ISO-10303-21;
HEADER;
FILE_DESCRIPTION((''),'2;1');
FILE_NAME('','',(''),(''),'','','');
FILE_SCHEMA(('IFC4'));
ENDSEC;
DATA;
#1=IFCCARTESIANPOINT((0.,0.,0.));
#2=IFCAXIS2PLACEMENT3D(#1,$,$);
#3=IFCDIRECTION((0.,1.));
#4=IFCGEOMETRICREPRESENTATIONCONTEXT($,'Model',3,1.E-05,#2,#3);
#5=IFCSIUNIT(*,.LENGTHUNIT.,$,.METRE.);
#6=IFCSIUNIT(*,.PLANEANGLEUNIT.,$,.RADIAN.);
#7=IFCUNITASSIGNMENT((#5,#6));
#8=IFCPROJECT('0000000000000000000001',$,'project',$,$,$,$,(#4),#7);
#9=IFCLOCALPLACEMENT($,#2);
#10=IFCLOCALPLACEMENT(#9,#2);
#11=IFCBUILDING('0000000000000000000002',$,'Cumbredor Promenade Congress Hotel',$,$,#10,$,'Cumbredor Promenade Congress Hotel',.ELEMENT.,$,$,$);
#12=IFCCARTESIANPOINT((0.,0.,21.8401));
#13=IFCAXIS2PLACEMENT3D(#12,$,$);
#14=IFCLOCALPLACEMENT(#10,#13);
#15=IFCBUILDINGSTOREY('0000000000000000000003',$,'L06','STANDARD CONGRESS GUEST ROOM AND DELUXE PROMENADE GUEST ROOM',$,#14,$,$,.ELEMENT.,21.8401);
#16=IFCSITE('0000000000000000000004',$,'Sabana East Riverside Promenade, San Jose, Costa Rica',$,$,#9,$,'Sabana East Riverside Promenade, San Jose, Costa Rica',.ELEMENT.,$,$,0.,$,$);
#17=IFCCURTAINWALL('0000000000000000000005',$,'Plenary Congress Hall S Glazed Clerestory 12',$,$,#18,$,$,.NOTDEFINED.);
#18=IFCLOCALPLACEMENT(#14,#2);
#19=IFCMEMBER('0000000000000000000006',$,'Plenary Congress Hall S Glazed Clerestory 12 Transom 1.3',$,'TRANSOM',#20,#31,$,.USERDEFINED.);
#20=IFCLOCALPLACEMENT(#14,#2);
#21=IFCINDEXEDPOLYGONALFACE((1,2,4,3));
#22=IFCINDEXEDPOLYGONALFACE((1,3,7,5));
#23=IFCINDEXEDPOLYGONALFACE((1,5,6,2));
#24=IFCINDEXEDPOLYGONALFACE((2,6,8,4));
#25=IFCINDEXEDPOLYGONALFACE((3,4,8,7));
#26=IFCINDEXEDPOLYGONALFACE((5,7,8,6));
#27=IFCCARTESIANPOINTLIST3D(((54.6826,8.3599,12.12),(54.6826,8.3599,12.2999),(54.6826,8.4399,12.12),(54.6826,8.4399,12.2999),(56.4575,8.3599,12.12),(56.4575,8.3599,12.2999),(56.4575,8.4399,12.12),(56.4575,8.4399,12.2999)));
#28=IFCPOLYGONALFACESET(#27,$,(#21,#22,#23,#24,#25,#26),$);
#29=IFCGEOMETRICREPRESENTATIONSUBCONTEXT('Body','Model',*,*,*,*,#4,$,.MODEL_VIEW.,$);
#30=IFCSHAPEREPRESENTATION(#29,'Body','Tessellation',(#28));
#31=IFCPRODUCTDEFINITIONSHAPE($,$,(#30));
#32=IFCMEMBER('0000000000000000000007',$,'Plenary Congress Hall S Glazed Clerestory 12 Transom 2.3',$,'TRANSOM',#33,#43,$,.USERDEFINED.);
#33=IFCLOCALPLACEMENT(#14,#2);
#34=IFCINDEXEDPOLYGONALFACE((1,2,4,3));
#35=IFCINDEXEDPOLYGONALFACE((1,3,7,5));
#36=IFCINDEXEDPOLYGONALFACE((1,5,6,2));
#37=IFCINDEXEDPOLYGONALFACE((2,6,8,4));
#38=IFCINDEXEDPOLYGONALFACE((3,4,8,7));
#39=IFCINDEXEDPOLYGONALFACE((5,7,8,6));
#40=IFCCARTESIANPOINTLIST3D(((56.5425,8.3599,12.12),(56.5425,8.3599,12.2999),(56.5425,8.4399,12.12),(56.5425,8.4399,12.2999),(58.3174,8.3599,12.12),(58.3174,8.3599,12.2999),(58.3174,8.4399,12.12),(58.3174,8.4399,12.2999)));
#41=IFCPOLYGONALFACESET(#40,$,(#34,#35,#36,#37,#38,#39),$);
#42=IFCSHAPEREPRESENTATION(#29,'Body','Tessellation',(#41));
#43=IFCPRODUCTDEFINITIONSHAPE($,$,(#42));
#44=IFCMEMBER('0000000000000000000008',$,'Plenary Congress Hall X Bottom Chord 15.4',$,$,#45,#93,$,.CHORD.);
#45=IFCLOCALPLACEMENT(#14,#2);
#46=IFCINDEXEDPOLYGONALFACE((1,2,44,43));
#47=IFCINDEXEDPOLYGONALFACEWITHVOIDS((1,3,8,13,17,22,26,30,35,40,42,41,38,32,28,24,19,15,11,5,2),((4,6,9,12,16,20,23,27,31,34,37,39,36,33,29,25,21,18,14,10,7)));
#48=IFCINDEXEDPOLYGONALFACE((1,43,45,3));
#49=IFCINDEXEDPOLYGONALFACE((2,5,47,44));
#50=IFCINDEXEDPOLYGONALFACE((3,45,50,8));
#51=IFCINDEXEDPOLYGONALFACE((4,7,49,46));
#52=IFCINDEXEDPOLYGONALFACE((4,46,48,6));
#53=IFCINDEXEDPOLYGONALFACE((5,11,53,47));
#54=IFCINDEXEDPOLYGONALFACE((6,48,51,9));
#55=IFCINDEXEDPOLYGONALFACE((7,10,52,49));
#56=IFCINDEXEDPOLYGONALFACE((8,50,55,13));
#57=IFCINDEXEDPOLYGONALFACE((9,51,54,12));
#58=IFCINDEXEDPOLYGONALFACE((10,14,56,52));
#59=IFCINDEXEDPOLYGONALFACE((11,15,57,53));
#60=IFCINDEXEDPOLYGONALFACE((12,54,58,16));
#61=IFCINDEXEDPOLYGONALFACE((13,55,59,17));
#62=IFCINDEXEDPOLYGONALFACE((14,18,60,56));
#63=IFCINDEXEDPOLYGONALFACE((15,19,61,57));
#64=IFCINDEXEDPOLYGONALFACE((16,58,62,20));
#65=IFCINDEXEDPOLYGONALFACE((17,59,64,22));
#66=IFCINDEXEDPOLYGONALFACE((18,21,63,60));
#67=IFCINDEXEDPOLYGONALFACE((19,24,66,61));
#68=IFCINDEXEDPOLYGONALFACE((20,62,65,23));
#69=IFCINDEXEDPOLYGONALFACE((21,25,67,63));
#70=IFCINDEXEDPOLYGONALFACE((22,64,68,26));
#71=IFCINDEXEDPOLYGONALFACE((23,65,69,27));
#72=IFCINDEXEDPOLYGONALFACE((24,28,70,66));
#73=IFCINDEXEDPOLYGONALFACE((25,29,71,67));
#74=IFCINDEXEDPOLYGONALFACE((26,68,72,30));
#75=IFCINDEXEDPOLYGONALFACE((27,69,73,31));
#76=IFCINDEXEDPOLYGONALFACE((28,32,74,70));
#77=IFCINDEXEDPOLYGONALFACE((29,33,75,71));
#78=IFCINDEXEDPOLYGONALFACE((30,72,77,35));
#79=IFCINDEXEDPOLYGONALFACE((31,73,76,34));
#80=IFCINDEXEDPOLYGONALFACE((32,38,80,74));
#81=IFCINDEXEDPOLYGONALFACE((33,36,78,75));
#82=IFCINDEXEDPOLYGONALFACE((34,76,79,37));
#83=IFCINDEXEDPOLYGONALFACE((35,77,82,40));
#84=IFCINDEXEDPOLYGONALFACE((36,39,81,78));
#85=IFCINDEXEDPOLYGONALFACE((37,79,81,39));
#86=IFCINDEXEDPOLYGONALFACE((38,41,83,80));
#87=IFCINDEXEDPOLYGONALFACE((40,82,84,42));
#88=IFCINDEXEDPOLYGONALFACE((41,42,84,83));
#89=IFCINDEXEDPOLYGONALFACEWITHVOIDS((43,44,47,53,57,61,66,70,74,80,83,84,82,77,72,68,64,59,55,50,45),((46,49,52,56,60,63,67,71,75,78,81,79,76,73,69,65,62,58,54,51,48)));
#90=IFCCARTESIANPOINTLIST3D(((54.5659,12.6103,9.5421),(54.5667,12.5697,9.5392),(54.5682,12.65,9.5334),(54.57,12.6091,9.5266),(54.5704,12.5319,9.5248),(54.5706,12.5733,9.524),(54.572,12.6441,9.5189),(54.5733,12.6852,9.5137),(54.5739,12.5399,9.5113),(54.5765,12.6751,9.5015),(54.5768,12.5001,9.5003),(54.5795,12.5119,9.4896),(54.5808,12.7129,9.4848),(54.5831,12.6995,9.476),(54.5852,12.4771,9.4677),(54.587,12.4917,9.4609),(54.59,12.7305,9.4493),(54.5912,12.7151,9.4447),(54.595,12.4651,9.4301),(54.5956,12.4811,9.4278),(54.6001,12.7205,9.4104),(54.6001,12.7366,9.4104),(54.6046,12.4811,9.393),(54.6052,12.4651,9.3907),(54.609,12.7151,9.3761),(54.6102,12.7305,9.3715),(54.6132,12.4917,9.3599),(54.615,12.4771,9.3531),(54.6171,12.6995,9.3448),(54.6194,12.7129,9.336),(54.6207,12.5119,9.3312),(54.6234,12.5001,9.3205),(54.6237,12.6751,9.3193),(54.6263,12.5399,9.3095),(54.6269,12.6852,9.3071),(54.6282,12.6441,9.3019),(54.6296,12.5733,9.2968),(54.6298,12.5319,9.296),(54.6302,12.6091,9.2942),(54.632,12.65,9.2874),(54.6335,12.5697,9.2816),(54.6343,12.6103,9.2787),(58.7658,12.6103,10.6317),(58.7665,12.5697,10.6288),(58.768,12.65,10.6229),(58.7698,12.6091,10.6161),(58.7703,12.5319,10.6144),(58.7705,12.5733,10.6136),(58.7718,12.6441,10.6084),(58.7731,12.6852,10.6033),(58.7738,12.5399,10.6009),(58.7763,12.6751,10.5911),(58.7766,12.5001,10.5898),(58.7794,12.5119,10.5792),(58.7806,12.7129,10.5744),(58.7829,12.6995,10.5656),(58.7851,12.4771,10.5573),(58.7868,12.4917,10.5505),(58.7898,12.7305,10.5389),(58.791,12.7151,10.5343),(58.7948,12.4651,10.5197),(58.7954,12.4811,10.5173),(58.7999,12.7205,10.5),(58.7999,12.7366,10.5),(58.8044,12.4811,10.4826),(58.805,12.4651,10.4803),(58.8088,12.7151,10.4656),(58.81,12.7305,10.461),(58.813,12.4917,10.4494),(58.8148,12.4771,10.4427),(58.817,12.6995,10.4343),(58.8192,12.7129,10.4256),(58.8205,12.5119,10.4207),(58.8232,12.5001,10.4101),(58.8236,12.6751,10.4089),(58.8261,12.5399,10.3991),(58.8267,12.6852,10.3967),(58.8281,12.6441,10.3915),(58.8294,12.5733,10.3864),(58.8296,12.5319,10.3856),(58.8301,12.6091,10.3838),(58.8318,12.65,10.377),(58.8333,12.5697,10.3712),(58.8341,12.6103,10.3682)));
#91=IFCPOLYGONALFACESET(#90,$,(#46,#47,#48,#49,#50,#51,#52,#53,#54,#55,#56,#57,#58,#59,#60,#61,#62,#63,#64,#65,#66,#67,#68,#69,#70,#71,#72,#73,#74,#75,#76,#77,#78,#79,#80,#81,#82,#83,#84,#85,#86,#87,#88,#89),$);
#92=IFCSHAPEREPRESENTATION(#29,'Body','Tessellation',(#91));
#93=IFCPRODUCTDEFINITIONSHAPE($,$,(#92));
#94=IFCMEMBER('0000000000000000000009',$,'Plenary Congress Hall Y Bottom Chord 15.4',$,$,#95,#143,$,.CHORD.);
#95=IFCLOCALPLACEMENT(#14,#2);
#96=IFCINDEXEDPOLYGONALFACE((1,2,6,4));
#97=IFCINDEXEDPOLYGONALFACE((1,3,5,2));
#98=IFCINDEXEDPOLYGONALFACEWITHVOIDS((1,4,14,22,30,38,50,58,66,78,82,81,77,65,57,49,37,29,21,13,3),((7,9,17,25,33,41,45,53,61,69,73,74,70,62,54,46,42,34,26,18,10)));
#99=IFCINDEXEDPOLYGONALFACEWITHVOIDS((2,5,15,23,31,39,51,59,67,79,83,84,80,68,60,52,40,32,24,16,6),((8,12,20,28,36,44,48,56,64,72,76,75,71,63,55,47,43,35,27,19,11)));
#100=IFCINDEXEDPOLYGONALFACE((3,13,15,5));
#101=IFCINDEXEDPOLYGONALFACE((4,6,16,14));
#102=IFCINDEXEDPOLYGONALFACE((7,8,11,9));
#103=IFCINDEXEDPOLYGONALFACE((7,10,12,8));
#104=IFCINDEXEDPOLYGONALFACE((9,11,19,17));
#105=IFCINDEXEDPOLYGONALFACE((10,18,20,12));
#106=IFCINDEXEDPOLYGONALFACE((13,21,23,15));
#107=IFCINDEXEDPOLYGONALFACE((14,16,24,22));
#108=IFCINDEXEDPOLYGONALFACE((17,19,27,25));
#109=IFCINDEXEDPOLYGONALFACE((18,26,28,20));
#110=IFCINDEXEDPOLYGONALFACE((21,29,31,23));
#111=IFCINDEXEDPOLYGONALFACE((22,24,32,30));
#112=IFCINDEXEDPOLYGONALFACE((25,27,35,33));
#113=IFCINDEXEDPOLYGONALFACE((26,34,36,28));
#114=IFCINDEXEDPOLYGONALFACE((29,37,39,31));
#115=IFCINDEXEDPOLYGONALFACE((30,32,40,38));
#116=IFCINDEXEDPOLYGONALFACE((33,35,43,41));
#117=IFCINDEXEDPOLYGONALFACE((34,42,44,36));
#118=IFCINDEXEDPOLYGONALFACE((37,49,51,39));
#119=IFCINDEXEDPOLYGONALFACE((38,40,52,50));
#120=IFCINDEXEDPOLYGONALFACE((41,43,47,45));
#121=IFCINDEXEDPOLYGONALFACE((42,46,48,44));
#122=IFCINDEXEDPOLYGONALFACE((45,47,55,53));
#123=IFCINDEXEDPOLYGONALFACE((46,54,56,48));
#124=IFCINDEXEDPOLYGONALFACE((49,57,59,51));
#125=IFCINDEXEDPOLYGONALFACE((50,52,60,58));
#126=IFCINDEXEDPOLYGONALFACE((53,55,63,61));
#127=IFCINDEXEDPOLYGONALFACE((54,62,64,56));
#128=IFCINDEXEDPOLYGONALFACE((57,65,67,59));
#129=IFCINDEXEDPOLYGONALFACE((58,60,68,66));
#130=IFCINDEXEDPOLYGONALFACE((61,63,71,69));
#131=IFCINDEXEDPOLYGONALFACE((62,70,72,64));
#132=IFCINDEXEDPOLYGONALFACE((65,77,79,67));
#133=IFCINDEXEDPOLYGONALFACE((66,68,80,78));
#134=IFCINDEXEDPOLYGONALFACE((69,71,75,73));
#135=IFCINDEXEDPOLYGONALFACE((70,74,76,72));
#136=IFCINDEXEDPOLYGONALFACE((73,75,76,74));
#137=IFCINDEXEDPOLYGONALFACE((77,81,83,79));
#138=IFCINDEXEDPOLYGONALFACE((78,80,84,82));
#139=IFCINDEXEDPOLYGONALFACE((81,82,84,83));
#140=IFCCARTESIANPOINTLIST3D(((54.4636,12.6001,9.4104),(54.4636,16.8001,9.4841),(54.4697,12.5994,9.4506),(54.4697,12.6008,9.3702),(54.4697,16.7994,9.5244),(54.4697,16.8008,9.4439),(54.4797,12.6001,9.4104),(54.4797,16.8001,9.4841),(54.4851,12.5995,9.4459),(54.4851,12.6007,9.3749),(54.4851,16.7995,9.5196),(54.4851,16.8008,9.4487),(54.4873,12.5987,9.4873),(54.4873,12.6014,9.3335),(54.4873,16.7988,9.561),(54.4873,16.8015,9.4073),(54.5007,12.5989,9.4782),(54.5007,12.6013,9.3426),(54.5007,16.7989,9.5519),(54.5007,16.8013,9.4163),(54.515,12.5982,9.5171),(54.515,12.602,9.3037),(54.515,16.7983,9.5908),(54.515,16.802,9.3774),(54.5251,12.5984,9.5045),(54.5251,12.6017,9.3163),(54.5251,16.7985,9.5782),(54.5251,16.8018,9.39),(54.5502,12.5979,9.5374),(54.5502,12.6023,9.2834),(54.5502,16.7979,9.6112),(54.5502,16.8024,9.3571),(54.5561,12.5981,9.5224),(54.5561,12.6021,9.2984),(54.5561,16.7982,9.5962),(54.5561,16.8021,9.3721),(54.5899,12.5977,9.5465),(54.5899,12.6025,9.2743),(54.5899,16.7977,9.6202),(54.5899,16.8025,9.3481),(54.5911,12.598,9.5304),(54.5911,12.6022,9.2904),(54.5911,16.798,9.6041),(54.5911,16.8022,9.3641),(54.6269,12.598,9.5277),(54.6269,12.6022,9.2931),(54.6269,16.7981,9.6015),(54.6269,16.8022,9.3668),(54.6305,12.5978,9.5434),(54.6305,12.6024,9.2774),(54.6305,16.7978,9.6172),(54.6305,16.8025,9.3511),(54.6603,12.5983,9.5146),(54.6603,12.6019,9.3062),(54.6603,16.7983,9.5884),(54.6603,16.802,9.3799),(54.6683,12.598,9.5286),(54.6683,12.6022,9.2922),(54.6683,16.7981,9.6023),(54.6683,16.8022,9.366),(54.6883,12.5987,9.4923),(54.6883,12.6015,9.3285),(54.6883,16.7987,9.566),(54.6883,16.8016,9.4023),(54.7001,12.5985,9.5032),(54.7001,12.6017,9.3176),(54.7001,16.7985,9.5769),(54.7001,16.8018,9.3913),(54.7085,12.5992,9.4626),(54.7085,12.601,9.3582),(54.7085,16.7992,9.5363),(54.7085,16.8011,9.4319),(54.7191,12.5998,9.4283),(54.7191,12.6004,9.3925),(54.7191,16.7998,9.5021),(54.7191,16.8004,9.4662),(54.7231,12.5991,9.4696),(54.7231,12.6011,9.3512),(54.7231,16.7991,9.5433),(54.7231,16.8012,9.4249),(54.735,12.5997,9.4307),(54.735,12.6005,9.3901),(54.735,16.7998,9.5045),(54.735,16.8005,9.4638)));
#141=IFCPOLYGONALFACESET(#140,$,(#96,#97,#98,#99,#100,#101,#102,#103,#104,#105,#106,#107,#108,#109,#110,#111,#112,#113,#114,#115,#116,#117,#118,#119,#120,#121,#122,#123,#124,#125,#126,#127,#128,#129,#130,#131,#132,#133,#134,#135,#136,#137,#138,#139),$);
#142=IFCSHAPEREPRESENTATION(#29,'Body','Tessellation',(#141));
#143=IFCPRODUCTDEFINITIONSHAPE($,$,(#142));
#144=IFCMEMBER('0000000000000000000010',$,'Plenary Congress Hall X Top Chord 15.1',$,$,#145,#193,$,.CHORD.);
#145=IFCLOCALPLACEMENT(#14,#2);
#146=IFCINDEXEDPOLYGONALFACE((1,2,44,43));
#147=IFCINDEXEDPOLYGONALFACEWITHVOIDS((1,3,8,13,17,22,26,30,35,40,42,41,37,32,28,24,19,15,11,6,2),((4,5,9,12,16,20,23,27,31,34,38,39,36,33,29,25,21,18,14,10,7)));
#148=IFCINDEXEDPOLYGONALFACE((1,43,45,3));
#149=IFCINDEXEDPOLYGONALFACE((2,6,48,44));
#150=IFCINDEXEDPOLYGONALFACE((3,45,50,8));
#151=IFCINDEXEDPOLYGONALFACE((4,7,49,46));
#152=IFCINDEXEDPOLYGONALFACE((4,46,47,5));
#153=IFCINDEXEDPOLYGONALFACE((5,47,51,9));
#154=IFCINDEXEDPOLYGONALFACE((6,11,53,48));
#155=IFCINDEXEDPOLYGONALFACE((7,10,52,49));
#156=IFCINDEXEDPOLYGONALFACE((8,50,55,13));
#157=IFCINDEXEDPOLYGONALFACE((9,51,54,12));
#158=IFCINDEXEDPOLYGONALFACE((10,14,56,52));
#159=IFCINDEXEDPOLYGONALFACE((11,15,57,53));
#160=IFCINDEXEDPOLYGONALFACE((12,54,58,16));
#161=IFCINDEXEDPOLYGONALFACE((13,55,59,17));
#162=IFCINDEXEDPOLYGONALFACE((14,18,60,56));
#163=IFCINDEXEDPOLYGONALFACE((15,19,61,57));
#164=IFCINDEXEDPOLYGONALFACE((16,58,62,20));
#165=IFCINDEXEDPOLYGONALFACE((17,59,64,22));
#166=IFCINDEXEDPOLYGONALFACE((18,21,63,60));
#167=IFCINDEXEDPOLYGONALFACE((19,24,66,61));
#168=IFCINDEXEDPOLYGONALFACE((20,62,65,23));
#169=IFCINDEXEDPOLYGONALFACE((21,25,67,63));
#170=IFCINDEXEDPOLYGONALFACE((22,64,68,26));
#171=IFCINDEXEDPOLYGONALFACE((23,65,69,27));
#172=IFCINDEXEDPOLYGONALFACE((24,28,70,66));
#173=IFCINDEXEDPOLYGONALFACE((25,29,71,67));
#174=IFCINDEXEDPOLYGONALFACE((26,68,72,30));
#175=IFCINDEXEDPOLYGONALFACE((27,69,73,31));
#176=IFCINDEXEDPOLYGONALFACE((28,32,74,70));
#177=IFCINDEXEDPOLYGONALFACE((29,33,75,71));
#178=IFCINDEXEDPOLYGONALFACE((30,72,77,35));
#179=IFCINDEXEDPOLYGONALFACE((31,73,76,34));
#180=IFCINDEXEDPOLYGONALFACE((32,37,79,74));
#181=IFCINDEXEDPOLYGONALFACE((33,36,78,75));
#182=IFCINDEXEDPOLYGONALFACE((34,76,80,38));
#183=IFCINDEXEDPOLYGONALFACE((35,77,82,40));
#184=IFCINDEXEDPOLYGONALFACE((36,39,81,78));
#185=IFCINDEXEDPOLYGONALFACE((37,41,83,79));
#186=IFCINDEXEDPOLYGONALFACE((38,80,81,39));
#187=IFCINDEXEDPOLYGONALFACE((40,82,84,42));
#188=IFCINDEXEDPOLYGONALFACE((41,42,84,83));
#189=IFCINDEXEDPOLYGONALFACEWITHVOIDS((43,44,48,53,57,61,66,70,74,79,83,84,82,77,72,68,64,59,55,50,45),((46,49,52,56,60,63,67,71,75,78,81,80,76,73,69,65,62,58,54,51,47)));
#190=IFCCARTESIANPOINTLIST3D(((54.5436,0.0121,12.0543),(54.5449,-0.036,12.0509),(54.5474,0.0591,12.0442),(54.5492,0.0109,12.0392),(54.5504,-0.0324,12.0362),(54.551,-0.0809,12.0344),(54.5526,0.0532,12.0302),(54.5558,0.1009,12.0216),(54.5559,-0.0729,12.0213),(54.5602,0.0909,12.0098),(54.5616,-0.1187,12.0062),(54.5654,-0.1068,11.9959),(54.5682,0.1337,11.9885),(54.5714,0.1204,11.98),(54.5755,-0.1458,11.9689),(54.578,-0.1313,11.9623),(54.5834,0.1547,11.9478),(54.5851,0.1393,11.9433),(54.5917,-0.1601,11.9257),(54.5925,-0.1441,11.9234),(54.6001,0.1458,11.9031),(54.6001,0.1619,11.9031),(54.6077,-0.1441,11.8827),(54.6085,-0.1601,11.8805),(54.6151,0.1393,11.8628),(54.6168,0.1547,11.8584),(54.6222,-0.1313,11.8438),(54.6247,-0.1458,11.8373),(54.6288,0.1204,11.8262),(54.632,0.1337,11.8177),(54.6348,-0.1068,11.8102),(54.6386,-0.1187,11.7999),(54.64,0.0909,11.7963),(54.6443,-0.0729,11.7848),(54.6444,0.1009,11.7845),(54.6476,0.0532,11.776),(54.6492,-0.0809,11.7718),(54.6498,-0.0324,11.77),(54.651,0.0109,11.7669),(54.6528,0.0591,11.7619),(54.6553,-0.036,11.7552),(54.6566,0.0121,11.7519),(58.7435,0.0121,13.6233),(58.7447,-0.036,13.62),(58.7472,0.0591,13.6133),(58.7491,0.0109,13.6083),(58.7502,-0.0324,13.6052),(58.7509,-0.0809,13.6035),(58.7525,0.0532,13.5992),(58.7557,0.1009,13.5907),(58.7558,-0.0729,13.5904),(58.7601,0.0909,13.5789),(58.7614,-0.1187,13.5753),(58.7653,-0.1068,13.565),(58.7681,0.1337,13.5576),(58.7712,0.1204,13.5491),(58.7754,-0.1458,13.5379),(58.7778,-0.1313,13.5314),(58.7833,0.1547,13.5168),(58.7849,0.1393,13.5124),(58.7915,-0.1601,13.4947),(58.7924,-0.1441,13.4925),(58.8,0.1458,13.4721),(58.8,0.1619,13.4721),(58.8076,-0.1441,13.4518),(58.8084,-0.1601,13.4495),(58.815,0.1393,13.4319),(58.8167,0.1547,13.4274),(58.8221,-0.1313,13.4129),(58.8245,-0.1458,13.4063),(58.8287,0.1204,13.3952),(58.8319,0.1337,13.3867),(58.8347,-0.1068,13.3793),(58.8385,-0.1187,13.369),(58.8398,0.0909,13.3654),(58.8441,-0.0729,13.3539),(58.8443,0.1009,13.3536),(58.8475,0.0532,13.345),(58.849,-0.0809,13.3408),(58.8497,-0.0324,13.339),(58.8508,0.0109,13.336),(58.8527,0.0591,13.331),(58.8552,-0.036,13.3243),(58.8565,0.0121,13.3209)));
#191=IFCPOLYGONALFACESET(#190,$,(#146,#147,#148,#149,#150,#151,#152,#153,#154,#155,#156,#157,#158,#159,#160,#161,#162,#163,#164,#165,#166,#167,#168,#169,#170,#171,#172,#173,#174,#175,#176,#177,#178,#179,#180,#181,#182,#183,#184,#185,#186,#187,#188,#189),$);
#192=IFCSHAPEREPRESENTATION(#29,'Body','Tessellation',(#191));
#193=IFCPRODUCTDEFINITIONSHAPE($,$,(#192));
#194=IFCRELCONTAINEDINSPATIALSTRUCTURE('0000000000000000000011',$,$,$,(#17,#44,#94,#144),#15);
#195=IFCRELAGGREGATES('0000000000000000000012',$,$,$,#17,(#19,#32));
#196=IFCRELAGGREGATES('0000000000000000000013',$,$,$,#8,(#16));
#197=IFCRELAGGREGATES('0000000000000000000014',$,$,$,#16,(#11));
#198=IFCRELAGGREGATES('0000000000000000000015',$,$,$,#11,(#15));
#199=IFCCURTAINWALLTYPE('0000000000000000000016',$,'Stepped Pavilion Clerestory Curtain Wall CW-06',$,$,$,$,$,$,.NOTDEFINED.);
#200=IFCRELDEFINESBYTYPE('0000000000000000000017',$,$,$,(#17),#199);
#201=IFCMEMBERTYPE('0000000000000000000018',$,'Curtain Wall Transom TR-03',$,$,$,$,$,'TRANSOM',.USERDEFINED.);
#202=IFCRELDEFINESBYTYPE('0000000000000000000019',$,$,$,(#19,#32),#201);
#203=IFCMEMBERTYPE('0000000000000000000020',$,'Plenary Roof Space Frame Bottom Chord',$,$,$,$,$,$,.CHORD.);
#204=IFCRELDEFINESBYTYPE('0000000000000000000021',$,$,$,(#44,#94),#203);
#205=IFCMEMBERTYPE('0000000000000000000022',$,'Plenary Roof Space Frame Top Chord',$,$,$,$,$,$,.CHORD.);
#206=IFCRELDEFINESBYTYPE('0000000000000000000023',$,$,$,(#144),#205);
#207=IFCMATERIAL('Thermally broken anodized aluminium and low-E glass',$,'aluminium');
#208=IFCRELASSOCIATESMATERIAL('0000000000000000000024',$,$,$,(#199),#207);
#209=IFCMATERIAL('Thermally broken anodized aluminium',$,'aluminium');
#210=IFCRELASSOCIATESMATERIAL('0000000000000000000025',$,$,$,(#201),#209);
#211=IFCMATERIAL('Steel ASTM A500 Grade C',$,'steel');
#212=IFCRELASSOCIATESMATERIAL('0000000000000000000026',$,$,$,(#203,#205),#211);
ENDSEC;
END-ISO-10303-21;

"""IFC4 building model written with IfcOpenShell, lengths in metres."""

from ifc_helpers import new_model, si_unit, direction, frame, origin, origin_2d, place, context, subcontext, project, spatial, rectangle, hollow_circle, extrude, material, material_profile, profile_set, type_object, element, aggregate, save


model = new_model("IFC4")

# Units and contexts
model_context = context("Model", 3, precision=1e-05, world=origin(), true_north=direction((0.0, 1.0)))
body_context = subcontext(model_context, "Body", "Model", "MODEL_VIEW")
ifc_project = project(units=[si_unit("LENGTHUNIT", "METRE"), si_unit("PLANEANGLEUNIT", "RADIAN")], contexts=[model_context])

# Site, building, storey
site_placement = place(None, origin())
site = spatial("IfcSite", under=ifc_project, at=site_placement, Name="Sabana East Riverside Promenade, San Jose, Costa Rica", LongName="Sabana East Riverside Promenade, San Jose, Costa Rica", CompositionType="ELEMENT", RefElevation=0.0)
building_placement = place(site_placement, origin())
building = spatial("IfcBuilding", under=site, at=building_placement, Name="Cumbredor Promenade Congress Hotel", LongName="Cumbredor Promenade Congress Hotel", CompositionType="ELEMENT")
storey_placement = place(building_placement, frame((0.0, 0.0, 21.8401)))
storey = spatial("IfcBuildingStorey", under=building, at=storey_placement, Name="L06", Description="STANDARD CONGRESS GUEST ROOM AND DELUXE PROMENADE GUEST ROOM", CompositionType="ELEMENT", Elevation=21.8401)

# Curtain wall, members
ifc_material_1 = material(Name="Thermally broken anodized aluminium and low-E glass", Category="aluminium")
curtain_wall_type = type_object("IfcCurtainWallType", Name="Stepped Pavilion Clerestory Curtain Wall CW-06", PredefinedType="NOTDEFINED", material=ifc_material_1)
curtain_wall_placement = place(storey_placement, origin())
curtain_wall = element("IfcCurtainWall", 1, at=curtain_wall_placement, inside=storey, type_object=curtain_wall_type, Name="Plenary Congress Hall S Glazed Clerestory 12", PredefinedType="NOTDEFINED")
ifc_material_2 = material(Name="Thermally broken anodized aluminium", Category="aluminium")
ifc_material_profile_1 = material_profile(ifc_material_2, rectangle(XDim=0.0801, YDim=0.1799, at=origin_2d()), Name="ALU TRANSOM 80x180")
ifc_profile_set_1 = profile_set([ifc_material_profile_1], Name="Thermally broken anodized aluminium")
member_type_1 = type_object("IfcMemberType", Name="Curtain Wall Transom TR-03", ElementType="TRANSOM", PredefinedType="USERDEFINED", material=ifc_profile_set_1)
member_1_placement = place(storey_placement, frame((54.6826, 8.3999, 12.21), z_axis=(1.0, 0.0, 0.0), x_axis=(0.0, 1.0, 0.0)))
member_1 = element("IfcMember", 2, at=member_1_placement, type_object=member_type_1, Name="Plenary Congress Hall S Glazed Clerestory 12 Transom 1.3", ObjectType="TRANSOM", PredefinedType="USERDEFINED", context=body_context, shape_type="SweptSolid", body=[
    extrude(rectangle(XDim=0.0801, YDim=0.1799, at=origin_2d()), origin(), (0.0, 0.0, 1.0), 1.7749),
])
member_2_placement = place(storey_placement, frame((56.5425, 8.3999, 12.21), z_axis=(1.0, 0.0, 0.0), x_axis=(0.0, 1.0, 0.0)))
member_2 = element("IfcMember", 3, at=member_2_placement, type_object=member_type_1, Name="Plenary Congress Hall S Glazed Clerestory 12 Transom 2.3", ObjectType="TRANSOM", PredefinedType="USERDEFINED", context=body_context, shape_type="SweptSolid", body=[
    extrude(rectangle(XDim=0.0801, YDim=0.1799, at=origin_2d()), origin(), (0.0, 0.0, 1.0), 1.7749),
])
aggregate(curtain_wall, [member_1, member_2])

# Members
ifc_material_3 = material(Name="Steel ASTM A500 Grade C", Category="steel")
ifc_material_profile_2 = material_profile(ifc_material_3, hollow_circle(Radius=0.1365, WallThickness=0.0161, at=origin_2d()), Name="CHS 273.0x16")
ifc_profile_set_2 = profile_set([ifc_material_profile_2], Name="Steel ASTM A500 Grade C")
member_type_2 = type_object("IfcMemberType", Name="Plenary Roof Space Frame Bottom Chord", PredefinedType="CHORD", material=ifc_profile_set_2)
member_3_placement = place(storey_placement, frame((54.6001, 12.6001, 9.4104), z_axis=(0.967956, 0.0, 0.251118), x_axis=(0.0, 1.0, 0.0)))
element("IfcMember", 4, at=member_3_placement, inside=storey, type_object=member_type_2, Name="Plenary Congress Hall X Bottom Chord 15.4", PredefinedType="CHORD", context=body_context, shape_type="SweptSolid", body=[
    extrude(hollow_circle(Radius=0.1365, WallThickness=0.0161, at=origin_2d()), origin(), (0.0, 0.0, 1.0), 4.3389),
])
member_4_placement = place(storey_placement, frame((54.6001, 12.6001, 9.4104), z_axis=(0.0, 0.999846, 0.017552), x_axis=(-1.0, 0.0, 0.0)))
element("IfcMember", 5, at=member_4_placement, inside=storey, type_object=member_type_2, Name="Plenary Congress Hall Y Bottom Chord 15.4", PredefinedType="CHORD", context=body_context, shape_type="SweptSolid", body=[
    extrude(hollow_circle(Radius=0.1365, WallThickness=0.0161, at=origin_2d()), origin(), (0.0, 0.0, 1.0), 4.2007),
])
ifc_material_profile_3 = material_profile(ifc_material_3, hollow_circle(Radius=0.1619, WallThickness=0.0161, at=origin_2d()), Name="CHS 323.9x16")
ifc_profile_set_3 = profile_set([ifc_material_profile_3], Name="Steel ASTM A500 Grade C")
member_type_3 = type_object("IfcMemberType", Name="Plenary Roof Space Frame Top Chord", PredefinedType="CHORD", material=ifc_profile_set_3)
member_5_placement = place(storey_placement, frame((54.6001, 0.0, 11.9031), z_axis=(0.93676, 0.0, 0.349971), x_axis=(0.0, 1.0, 0.0)))
element("IfcMember", 6, at=member_5_placement, inside=storey, type_object=member_type_3, Name="Plenary Congress Hall X Top Chord 15.1", PredefinedType="CHORD", context=body_context, shape_type="SweptSolid", body=[
    extrude(hollow_circle(Radius=0.1619, WallThickness=0.0161, at=origin_2d()), origin(), (0.0, 0.0, 1.0), 4.4834),
])

save(model, "model.ifc")
